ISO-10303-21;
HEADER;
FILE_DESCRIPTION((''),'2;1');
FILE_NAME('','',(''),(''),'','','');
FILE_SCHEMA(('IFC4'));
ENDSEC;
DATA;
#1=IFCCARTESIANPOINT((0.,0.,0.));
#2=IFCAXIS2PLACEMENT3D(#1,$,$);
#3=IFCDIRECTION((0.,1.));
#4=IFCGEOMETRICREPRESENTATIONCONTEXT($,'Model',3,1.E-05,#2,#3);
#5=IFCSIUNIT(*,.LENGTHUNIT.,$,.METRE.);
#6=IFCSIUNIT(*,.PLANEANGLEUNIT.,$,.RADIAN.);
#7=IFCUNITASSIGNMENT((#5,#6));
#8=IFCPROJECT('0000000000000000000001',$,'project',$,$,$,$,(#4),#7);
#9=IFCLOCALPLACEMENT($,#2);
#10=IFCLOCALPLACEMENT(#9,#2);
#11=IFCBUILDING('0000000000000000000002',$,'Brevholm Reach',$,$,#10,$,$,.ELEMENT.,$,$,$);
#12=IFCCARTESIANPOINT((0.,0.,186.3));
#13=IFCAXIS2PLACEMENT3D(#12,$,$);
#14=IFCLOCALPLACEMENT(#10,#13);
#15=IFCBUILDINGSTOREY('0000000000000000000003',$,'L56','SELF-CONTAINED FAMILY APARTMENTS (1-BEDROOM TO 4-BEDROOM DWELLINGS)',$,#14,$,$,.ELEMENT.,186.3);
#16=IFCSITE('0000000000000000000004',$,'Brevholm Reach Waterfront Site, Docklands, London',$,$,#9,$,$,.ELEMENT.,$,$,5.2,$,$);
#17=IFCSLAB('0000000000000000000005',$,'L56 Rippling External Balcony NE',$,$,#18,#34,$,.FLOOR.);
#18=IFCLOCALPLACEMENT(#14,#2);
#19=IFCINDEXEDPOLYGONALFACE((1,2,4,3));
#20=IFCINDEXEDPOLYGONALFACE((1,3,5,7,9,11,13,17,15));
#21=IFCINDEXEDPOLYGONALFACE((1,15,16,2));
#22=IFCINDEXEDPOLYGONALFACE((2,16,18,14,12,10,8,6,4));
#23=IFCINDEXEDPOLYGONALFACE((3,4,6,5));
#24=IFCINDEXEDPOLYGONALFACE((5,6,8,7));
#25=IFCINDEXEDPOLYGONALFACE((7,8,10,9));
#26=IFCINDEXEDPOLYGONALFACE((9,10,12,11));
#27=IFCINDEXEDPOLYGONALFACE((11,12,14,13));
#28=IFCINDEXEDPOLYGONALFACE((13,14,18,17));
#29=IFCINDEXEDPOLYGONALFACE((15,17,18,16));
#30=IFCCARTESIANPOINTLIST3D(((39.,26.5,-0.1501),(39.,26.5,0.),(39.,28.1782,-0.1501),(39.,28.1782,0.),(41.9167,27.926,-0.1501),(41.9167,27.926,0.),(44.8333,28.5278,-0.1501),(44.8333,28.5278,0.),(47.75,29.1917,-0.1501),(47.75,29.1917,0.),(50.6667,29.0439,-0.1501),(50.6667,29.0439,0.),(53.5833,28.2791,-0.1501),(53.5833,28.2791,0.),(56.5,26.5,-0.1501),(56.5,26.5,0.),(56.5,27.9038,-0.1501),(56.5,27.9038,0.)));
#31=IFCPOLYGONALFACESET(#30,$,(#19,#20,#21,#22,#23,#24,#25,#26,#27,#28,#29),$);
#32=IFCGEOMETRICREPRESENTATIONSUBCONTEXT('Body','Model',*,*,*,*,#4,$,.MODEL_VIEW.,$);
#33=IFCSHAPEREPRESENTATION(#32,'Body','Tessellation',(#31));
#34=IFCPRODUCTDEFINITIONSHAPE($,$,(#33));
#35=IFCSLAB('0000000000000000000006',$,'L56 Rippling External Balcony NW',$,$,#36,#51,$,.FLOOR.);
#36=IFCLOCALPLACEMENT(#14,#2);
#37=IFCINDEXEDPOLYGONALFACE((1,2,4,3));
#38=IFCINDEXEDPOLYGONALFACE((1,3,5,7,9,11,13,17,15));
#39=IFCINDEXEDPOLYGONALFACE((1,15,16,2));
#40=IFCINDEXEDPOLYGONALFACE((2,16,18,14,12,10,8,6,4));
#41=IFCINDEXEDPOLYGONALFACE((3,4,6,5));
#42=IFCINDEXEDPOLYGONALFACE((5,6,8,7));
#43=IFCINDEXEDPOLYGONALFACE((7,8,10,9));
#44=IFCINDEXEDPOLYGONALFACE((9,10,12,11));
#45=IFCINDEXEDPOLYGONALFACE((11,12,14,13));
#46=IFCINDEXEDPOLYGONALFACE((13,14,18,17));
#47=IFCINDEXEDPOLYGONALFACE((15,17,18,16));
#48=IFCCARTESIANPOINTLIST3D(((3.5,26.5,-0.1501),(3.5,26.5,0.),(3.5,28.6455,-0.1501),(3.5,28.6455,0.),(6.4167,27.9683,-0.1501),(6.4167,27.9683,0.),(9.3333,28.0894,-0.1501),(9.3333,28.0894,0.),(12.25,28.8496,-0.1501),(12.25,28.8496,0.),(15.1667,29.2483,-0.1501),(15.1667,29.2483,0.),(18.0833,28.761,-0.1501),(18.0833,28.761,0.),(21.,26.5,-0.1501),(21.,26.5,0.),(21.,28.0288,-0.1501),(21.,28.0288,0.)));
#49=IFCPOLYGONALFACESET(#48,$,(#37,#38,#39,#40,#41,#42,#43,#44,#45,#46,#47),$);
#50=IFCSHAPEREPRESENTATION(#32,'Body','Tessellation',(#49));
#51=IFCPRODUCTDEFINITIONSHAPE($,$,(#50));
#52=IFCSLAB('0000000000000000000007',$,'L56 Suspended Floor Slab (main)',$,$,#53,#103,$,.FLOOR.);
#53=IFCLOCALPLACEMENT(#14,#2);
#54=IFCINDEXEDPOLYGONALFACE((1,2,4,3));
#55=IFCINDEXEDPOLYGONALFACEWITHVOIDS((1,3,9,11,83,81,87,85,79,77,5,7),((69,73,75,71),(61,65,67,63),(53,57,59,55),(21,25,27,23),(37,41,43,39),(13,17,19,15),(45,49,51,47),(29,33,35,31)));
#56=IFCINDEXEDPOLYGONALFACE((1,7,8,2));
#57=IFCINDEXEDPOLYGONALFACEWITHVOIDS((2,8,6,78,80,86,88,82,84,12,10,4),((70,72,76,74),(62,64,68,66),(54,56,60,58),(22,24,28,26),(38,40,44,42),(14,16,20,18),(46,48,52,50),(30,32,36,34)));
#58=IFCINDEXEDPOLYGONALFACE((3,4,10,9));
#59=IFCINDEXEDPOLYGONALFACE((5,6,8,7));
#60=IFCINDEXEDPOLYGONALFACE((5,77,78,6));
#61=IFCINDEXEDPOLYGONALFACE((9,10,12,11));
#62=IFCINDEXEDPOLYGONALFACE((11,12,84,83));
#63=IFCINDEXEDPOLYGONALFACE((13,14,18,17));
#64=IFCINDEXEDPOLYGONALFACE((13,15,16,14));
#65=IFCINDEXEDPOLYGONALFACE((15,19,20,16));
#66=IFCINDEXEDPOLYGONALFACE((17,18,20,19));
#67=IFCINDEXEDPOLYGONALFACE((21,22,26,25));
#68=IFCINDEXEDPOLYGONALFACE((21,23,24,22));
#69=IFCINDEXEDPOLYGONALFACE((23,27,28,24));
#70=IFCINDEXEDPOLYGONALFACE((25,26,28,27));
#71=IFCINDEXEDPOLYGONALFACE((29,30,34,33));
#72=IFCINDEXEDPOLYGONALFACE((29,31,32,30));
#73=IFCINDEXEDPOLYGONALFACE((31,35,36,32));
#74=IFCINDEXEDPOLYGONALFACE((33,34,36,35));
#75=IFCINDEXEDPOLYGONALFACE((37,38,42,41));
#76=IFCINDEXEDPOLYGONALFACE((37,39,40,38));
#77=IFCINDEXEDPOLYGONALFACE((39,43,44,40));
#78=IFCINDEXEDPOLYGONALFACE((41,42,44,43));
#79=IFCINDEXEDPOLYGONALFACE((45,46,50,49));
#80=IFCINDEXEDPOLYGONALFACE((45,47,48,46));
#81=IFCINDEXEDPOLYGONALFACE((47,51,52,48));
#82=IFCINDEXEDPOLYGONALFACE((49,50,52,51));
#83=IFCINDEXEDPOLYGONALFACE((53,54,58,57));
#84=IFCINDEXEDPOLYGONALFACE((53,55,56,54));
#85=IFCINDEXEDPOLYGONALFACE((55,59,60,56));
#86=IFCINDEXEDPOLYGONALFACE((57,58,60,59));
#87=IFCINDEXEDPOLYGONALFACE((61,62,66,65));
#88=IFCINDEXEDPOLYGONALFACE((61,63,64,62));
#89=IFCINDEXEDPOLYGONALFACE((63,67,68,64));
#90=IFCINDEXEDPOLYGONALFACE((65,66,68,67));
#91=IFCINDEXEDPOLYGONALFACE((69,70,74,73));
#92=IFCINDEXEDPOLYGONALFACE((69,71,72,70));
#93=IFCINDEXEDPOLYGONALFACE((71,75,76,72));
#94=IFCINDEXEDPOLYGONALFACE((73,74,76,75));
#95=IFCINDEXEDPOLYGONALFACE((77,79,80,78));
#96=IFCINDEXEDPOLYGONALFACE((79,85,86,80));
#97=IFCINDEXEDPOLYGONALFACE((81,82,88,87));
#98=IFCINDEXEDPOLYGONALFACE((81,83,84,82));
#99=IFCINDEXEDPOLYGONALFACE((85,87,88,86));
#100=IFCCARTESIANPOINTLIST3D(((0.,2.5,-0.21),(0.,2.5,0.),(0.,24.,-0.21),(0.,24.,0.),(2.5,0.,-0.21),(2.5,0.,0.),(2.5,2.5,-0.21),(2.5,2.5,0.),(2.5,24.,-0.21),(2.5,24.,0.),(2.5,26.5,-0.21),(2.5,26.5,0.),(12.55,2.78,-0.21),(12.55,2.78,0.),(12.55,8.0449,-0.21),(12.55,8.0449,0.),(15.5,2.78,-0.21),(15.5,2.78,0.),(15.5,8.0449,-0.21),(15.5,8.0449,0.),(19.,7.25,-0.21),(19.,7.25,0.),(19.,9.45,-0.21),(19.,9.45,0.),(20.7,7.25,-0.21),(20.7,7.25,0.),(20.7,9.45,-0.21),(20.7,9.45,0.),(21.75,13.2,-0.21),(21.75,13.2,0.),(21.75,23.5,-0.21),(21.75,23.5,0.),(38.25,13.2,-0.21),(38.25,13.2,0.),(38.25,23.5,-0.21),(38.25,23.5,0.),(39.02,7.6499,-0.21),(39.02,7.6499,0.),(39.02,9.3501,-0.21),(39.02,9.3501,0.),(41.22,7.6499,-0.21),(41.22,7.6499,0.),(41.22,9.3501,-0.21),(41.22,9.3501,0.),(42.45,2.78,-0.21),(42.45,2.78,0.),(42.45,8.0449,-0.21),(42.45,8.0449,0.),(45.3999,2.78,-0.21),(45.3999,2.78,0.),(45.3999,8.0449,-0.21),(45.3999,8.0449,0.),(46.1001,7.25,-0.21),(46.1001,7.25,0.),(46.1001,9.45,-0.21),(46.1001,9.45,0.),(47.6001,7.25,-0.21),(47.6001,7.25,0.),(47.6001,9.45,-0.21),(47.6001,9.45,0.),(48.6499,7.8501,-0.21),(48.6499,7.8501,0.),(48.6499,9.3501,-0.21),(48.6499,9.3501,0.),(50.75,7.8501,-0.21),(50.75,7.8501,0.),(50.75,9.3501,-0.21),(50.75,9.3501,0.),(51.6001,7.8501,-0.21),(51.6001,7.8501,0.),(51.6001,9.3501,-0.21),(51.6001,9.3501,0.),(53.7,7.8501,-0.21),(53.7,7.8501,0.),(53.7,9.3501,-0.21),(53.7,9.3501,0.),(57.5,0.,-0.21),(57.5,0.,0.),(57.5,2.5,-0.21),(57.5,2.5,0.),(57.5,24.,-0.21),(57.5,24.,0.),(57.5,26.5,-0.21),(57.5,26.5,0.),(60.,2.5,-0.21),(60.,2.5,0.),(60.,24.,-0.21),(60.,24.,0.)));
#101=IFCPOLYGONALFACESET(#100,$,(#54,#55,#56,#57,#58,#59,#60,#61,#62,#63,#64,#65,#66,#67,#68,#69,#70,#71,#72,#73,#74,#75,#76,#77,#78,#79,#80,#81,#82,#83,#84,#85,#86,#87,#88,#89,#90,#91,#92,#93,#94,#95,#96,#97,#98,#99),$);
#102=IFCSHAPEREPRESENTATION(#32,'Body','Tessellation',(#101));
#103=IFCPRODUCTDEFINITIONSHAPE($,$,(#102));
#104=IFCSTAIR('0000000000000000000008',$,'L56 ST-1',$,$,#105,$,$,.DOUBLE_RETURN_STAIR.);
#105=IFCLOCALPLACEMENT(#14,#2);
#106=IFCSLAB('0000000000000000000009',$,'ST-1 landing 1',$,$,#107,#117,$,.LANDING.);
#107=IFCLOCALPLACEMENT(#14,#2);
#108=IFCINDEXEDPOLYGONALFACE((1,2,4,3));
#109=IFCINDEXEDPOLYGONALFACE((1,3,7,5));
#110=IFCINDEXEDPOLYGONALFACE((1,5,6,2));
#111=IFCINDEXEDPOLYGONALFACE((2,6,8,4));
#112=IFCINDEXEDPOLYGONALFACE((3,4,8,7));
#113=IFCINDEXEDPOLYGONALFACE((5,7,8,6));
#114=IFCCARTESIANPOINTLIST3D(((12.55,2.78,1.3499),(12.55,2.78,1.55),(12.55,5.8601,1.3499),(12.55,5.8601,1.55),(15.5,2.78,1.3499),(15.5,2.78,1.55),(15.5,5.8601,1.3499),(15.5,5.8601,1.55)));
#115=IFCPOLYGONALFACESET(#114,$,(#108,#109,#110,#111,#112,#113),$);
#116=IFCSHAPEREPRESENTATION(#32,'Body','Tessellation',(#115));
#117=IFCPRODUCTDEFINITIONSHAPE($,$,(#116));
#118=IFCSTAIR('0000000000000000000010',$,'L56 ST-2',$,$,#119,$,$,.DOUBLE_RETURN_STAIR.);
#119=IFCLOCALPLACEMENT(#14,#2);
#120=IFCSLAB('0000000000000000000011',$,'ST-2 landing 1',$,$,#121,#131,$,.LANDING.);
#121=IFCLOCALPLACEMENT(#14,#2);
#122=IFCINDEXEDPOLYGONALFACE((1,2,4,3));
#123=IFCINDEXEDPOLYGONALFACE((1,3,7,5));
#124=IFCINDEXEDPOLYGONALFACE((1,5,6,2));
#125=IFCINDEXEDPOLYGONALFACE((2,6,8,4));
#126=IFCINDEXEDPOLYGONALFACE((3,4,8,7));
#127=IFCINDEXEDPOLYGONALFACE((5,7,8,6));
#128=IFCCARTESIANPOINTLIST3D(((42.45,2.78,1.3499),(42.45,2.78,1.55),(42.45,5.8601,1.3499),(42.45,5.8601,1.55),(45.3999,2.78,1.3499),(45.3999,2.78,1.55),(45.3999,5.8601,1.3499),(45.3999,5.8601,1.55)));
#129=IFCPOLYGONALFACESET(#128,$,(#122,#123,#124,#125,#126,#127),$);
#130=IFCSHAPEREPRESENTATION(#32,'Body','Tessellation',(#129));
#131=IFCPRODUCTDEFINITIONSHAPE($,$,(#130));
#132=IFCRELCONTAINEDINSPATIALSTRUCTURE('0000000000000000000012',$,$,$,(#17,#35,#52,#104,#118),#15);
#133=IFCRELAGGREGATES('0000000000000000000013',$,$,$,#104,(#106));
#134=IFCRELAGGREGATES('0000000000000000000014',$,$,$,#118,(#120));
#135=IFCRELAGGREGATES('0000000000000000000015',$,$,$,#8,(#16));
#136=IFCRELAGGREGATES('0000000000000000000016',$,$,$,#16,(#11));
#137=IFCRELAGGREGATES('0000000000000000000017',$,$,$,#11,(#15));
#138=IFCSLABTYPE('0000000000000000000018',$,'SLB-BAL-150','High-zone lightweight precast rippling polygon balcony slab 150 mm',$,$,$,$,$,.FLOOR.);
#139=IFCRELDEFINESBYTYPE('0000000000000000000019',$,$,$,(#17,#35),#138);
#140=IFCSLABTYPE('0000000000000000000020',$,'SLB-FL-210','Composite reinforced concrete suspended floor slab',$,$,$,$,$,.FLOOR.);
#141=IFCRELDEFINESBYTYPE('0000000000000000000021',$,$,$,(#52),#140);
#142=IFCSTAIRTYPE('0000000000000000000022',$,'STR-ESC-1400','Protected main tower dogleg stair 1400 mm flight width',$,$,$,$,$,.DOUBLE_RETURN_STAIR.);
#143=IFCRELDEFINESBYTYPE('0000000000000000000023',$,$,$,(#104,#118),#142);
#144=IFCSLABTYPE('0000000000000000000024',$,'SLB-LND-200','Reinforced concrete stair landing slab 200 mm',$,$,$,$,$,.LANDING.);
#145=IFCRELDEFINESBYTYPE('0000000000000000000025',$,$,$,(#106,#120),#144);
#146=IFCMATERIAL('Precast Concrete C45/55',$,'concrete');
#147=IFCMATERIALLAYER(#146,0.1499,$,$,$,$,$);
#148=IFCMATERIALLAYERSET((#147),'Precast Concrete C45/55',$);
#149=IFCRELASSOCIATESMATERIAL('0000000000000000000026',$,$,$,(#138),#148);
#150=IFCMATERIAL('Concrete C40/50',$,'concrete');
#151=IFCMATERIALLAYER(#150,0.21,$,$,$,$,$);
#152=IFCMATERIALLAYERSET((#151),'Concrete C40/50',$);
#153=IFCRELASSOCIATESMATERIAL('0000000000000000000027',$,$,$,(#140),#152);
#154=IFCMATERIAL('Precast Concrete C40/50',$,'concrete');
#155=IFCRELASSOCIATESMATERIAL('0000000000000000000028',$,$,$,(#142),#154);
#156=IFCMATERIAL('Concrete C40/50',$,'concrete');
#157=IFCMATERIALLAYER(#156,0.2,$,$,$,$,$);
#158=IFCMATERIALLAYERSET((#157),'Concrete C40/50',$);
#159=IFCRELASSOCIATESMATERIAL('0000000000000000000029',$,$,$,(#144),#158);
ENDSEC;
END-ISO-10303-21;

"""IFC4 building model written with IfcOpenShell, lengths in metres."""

from ifc_helpers import new_model, si_unit, direction, frame, origin, place, context, subcontext, project, spatial, polyline, outline, extrude, material, layer, layer_set, type_object, element, aggregate, save


model = new_model("IFC4")

# Units and contexts
model_context = context("Model", 3, precision=1e-05, world=origin(), true_north=direction((0.0, 1.0)))
body_context = subcontext(model_context, "Body", "Model", "MODEL_VIEW")
ifc_project = project(units=[si_unit("LENGTHUNIT", "METRE"), si_unit("PLANEANGLEUNIT", "RADIAN")], contexts=[model_context])

# Site, building, storey
site_placement = place(None, origin())
site = spatial("IfcSite", under=ifc_project, at=site_placement, Name="Brevholm Reach Waterfront Site, Docklands, London", CompositionType="ELEMENT", RefElevation=5.2)
building_placement = place(site_placement, origin())
building = spatial("IfcBuilding", under=site, at=building_placement, Name="Brevholm Reach", CompositionType="ELEMENT")
storey_placement = place(building_placement, frame((0.0, 0.0, 186.3)))
storey = spatial("IfcBuildingStorey", under=building, at=storey_placement, Name="L56", Description="SELF-CONTAINED FAMILY APARTMENTS (1-BEDROOM TO 4-BEDROOM DWELLINGS)", CompositionType="ELEMENT", Elevation=186.3)

# Slabs
ifc_material_1 = material(Name="Precast Concrete C45/55", Category="concrete")
ifc_layer_1 = layer(ifc_material_1, 0.1499)
ifc_layer_set_1 = layer_set([ifc_layer_1], Name="Precast Concrete C45/55")
slab_type_1 = type_object("IfcSlabType", Name="SLB-BAL-150", Description="High-zone lightweight precast rippling polygon balcony slab 150 mm", PredefinedType="FLOOR", material=ifc_layer_set_1)
slab_1_placement = place(storey_placement, frame((0.0, 0.0, -0.1501)))
element("IfcSlab", 1, at=slab_1_placement, inside=storey, type_object=slab_type_1, Name="L56 Rippling External Balcony NE", PredefinedType="FLOOR", context=body_context, shape_type="SweptSolid", body=[
    extrude(outline(polyline([(39.0, 26.5), (56.5, 26.5), (56.5, 27.9038), (53.5833, 28.2791), (50.6667, 29.0439), (47.75, 29.1917), (44.8333, 28.5278), (41.9167, 27.926), (39.0, 28.1782), (39.0, 26.5)])), origin(), (0.0, 0.0, 1.0), 0.1501),
])
slab_2_placement = place(storey_placement, frame((0.0, 0.0, -0.1501)))
element("IfcSlab", 2, at=slab_2_placement, inside=storey, type_object=slab_type_1, Name="L56 Rippling External Balcony NW", PredefinedType="FLOOR", context=body_context, shape_type="SweptSolid", body=[
    extrude(outline(polyline([(3.5, 26.5), (21.0, 26.5), (21.0, 28.0288), (18.0833, 28.761), (15.1667, 29.2483), (12.25, 28.8496), (9.3333, 28.0894), (6.4167, 27.9683), (3.5, 28.6455), (3.5, 26.5)])), origin(), (0.0, 0.0, 1.0), 0.1501),
])
ifc_material_2 = material(Name="Concrete C40/50", Category="concrete")
ifc_layer_2 = layer(ifc_material_2, 0.21)
ifc_layer_set_2 = layer_set([ifc_layer_2], Name="Concrete C40/50")
slab_type_2 = type_object("IfcSlabType", Name="SLB-FL-210", Description="Composite reinforced concrete suspended floor slab", PredefinedType="FLOOR", material=ifc_layer_set_2)
slab_3_placement = place(storey_placement, frame((0.0, 0.0, -0.21)))
element("IfcSlab", 3, at=slab_3_placement, inside=storey, type_object=slab_type_2, Name="L56 Suspended Floor Slab (main)", PredefinedType="FLOOR", context=body_context, shape_type="SweptSolid", body=[
    extrude(outline(polyline([(2.5, 0.0), (57.5, 0.0), (57.5, 2.5), (60.0, 2.5), (60.0, 24.0), (57.5, 24.0), (57.5, 26.5), (2.5, 26.5), (2.5, 24.0), (0.0, 24.0), (0.0, 2.5), (2.5, 2.5), (2.5, 0.0)]), holes=[polyline([(21.75, 13.2), (38.25, 13.2), (38.25, 23.5), (21.75, 23.5), (21.75, 13.2)]), polyline([(12.55, 2.78), (15.5, 2.78), (15.5, 8.0449), (12.55, 8.0449), (12.55, 2.78)]), polyline([(42.45, 2.78), (45.3999, 2.78), (45.3999, 8.0449), (42.45, 8.0449), (42.45, 2.78)]), polyline([(19.0, 7.25), (20.7, 7.25), (20.7, 9.45), (19.0, 9.45), (19.0, 7.25)]), polyline([(46.1001, 7.25), (47.6001, 7.25), (47.6001, 9.45), (46.1001, 9.45), (46.1001, 7.25)]), polyline([(39.02, 7.6499), (41.22, 7.6499), (41.22, 9.3501), (39.02, 9.3501), (39.02, 7.6499)]), polyline([(48.6499, 7.8501), (50.75, 7.8501), (50.75, 9.3501), (48.6499, 9.3501), (48.6499, 7.8501)]), polyline([(51.6001, 7.8501), (53.7, 7.8501), (53.7, 9.3501), (51.6001, 9.3501), (51.6001, 7.8501)])]), origin(), (0.0, 0.0, 1.0), 0.21),
])

# Stairs, slabs
ifc_material_3 = material(Name="Precast Concrete C40/50", Category="concrete")
stair_type = type_object("IfcStairType", Name="STR-ESC-1400", Description="Protected main tower dogleg stair 1400 mm flight width", PredefinedType="DOUBLE_RETURN_STAIR", material=ifc_material_3)
stair_1_placement = place(storey_placement, origin())
stair_1 = element("IfcStair", 4, at=stair_1_placement, inside=storey, type_object=stair_type, Name="L56 ST-1", PredefinedType="DOUBLE_RETURN_STAIR")
ifc_material_4 = material(Name="Concrete C40/50", Category="concrete")
ifc_layer_3 = layer(ifc_material_4, 0.2)
ifc_layer_set_3 = layer_set([ifc_layer_3], Name="Concrete C40/50")
slab_type_3 = type_object("IfcSlabType", Name="SLB-LND-200", Description="Reinforced concrete stair landing slab 200 mm", PredefinedType="LANDING", material=ifc_layer_set_3)
slab_4_placement = place(storey_placement, frame((0.0, 0.0, 1.3499)))
slab_4 = element("IfcSlab", 5, at=slab_4_placement, type_object=slab_type_3, Name="ST-1 landing 1", PredefinedType="LANDING", context=body_context, shape_type="SweptSolid", body=[
    extrude(outline(polyline([(12.55, 5.8601), (12.55, 2.78), (15.5, 2.78), (15.5, 5.8601), (12.55, 5.8601)])), origin(), (0.0, 0.0, 1.0), 0.2002),
])
aggregate(stair_1, [slab_4])
stair_2_placement = place(storey_placement, origin())
stair_2 = element("IfcStair", 6, at=stair_2_placement, inside=storey, type_object=stair_type, Name="L56 ST-2", PredefinedType="DOUBLE_RETURN_STAIR")
slab_5_placement = place(storey_placement, frame((0.0, 0.0, 1.3499)))
slab_5 = element("IfcSlab", 7, at=slab_5_placement, type_object=slab_type_3, Name="ST-2 landing 1", PredefinedType="LANDING", context=body_context, shape_type="SweptSolid", body=[
    extrude(outline(polyline([(42.45, 5.8601), (42.45, 2.78), (45.3999, 2.78), (45.3999, 5.8601), (42.45, 5.8601)])), origin(), (0.0, 0.0, 1.0), 0.2002),
])
aggregate(stair_2, [slab_5])

save(model, "model.ifc")
